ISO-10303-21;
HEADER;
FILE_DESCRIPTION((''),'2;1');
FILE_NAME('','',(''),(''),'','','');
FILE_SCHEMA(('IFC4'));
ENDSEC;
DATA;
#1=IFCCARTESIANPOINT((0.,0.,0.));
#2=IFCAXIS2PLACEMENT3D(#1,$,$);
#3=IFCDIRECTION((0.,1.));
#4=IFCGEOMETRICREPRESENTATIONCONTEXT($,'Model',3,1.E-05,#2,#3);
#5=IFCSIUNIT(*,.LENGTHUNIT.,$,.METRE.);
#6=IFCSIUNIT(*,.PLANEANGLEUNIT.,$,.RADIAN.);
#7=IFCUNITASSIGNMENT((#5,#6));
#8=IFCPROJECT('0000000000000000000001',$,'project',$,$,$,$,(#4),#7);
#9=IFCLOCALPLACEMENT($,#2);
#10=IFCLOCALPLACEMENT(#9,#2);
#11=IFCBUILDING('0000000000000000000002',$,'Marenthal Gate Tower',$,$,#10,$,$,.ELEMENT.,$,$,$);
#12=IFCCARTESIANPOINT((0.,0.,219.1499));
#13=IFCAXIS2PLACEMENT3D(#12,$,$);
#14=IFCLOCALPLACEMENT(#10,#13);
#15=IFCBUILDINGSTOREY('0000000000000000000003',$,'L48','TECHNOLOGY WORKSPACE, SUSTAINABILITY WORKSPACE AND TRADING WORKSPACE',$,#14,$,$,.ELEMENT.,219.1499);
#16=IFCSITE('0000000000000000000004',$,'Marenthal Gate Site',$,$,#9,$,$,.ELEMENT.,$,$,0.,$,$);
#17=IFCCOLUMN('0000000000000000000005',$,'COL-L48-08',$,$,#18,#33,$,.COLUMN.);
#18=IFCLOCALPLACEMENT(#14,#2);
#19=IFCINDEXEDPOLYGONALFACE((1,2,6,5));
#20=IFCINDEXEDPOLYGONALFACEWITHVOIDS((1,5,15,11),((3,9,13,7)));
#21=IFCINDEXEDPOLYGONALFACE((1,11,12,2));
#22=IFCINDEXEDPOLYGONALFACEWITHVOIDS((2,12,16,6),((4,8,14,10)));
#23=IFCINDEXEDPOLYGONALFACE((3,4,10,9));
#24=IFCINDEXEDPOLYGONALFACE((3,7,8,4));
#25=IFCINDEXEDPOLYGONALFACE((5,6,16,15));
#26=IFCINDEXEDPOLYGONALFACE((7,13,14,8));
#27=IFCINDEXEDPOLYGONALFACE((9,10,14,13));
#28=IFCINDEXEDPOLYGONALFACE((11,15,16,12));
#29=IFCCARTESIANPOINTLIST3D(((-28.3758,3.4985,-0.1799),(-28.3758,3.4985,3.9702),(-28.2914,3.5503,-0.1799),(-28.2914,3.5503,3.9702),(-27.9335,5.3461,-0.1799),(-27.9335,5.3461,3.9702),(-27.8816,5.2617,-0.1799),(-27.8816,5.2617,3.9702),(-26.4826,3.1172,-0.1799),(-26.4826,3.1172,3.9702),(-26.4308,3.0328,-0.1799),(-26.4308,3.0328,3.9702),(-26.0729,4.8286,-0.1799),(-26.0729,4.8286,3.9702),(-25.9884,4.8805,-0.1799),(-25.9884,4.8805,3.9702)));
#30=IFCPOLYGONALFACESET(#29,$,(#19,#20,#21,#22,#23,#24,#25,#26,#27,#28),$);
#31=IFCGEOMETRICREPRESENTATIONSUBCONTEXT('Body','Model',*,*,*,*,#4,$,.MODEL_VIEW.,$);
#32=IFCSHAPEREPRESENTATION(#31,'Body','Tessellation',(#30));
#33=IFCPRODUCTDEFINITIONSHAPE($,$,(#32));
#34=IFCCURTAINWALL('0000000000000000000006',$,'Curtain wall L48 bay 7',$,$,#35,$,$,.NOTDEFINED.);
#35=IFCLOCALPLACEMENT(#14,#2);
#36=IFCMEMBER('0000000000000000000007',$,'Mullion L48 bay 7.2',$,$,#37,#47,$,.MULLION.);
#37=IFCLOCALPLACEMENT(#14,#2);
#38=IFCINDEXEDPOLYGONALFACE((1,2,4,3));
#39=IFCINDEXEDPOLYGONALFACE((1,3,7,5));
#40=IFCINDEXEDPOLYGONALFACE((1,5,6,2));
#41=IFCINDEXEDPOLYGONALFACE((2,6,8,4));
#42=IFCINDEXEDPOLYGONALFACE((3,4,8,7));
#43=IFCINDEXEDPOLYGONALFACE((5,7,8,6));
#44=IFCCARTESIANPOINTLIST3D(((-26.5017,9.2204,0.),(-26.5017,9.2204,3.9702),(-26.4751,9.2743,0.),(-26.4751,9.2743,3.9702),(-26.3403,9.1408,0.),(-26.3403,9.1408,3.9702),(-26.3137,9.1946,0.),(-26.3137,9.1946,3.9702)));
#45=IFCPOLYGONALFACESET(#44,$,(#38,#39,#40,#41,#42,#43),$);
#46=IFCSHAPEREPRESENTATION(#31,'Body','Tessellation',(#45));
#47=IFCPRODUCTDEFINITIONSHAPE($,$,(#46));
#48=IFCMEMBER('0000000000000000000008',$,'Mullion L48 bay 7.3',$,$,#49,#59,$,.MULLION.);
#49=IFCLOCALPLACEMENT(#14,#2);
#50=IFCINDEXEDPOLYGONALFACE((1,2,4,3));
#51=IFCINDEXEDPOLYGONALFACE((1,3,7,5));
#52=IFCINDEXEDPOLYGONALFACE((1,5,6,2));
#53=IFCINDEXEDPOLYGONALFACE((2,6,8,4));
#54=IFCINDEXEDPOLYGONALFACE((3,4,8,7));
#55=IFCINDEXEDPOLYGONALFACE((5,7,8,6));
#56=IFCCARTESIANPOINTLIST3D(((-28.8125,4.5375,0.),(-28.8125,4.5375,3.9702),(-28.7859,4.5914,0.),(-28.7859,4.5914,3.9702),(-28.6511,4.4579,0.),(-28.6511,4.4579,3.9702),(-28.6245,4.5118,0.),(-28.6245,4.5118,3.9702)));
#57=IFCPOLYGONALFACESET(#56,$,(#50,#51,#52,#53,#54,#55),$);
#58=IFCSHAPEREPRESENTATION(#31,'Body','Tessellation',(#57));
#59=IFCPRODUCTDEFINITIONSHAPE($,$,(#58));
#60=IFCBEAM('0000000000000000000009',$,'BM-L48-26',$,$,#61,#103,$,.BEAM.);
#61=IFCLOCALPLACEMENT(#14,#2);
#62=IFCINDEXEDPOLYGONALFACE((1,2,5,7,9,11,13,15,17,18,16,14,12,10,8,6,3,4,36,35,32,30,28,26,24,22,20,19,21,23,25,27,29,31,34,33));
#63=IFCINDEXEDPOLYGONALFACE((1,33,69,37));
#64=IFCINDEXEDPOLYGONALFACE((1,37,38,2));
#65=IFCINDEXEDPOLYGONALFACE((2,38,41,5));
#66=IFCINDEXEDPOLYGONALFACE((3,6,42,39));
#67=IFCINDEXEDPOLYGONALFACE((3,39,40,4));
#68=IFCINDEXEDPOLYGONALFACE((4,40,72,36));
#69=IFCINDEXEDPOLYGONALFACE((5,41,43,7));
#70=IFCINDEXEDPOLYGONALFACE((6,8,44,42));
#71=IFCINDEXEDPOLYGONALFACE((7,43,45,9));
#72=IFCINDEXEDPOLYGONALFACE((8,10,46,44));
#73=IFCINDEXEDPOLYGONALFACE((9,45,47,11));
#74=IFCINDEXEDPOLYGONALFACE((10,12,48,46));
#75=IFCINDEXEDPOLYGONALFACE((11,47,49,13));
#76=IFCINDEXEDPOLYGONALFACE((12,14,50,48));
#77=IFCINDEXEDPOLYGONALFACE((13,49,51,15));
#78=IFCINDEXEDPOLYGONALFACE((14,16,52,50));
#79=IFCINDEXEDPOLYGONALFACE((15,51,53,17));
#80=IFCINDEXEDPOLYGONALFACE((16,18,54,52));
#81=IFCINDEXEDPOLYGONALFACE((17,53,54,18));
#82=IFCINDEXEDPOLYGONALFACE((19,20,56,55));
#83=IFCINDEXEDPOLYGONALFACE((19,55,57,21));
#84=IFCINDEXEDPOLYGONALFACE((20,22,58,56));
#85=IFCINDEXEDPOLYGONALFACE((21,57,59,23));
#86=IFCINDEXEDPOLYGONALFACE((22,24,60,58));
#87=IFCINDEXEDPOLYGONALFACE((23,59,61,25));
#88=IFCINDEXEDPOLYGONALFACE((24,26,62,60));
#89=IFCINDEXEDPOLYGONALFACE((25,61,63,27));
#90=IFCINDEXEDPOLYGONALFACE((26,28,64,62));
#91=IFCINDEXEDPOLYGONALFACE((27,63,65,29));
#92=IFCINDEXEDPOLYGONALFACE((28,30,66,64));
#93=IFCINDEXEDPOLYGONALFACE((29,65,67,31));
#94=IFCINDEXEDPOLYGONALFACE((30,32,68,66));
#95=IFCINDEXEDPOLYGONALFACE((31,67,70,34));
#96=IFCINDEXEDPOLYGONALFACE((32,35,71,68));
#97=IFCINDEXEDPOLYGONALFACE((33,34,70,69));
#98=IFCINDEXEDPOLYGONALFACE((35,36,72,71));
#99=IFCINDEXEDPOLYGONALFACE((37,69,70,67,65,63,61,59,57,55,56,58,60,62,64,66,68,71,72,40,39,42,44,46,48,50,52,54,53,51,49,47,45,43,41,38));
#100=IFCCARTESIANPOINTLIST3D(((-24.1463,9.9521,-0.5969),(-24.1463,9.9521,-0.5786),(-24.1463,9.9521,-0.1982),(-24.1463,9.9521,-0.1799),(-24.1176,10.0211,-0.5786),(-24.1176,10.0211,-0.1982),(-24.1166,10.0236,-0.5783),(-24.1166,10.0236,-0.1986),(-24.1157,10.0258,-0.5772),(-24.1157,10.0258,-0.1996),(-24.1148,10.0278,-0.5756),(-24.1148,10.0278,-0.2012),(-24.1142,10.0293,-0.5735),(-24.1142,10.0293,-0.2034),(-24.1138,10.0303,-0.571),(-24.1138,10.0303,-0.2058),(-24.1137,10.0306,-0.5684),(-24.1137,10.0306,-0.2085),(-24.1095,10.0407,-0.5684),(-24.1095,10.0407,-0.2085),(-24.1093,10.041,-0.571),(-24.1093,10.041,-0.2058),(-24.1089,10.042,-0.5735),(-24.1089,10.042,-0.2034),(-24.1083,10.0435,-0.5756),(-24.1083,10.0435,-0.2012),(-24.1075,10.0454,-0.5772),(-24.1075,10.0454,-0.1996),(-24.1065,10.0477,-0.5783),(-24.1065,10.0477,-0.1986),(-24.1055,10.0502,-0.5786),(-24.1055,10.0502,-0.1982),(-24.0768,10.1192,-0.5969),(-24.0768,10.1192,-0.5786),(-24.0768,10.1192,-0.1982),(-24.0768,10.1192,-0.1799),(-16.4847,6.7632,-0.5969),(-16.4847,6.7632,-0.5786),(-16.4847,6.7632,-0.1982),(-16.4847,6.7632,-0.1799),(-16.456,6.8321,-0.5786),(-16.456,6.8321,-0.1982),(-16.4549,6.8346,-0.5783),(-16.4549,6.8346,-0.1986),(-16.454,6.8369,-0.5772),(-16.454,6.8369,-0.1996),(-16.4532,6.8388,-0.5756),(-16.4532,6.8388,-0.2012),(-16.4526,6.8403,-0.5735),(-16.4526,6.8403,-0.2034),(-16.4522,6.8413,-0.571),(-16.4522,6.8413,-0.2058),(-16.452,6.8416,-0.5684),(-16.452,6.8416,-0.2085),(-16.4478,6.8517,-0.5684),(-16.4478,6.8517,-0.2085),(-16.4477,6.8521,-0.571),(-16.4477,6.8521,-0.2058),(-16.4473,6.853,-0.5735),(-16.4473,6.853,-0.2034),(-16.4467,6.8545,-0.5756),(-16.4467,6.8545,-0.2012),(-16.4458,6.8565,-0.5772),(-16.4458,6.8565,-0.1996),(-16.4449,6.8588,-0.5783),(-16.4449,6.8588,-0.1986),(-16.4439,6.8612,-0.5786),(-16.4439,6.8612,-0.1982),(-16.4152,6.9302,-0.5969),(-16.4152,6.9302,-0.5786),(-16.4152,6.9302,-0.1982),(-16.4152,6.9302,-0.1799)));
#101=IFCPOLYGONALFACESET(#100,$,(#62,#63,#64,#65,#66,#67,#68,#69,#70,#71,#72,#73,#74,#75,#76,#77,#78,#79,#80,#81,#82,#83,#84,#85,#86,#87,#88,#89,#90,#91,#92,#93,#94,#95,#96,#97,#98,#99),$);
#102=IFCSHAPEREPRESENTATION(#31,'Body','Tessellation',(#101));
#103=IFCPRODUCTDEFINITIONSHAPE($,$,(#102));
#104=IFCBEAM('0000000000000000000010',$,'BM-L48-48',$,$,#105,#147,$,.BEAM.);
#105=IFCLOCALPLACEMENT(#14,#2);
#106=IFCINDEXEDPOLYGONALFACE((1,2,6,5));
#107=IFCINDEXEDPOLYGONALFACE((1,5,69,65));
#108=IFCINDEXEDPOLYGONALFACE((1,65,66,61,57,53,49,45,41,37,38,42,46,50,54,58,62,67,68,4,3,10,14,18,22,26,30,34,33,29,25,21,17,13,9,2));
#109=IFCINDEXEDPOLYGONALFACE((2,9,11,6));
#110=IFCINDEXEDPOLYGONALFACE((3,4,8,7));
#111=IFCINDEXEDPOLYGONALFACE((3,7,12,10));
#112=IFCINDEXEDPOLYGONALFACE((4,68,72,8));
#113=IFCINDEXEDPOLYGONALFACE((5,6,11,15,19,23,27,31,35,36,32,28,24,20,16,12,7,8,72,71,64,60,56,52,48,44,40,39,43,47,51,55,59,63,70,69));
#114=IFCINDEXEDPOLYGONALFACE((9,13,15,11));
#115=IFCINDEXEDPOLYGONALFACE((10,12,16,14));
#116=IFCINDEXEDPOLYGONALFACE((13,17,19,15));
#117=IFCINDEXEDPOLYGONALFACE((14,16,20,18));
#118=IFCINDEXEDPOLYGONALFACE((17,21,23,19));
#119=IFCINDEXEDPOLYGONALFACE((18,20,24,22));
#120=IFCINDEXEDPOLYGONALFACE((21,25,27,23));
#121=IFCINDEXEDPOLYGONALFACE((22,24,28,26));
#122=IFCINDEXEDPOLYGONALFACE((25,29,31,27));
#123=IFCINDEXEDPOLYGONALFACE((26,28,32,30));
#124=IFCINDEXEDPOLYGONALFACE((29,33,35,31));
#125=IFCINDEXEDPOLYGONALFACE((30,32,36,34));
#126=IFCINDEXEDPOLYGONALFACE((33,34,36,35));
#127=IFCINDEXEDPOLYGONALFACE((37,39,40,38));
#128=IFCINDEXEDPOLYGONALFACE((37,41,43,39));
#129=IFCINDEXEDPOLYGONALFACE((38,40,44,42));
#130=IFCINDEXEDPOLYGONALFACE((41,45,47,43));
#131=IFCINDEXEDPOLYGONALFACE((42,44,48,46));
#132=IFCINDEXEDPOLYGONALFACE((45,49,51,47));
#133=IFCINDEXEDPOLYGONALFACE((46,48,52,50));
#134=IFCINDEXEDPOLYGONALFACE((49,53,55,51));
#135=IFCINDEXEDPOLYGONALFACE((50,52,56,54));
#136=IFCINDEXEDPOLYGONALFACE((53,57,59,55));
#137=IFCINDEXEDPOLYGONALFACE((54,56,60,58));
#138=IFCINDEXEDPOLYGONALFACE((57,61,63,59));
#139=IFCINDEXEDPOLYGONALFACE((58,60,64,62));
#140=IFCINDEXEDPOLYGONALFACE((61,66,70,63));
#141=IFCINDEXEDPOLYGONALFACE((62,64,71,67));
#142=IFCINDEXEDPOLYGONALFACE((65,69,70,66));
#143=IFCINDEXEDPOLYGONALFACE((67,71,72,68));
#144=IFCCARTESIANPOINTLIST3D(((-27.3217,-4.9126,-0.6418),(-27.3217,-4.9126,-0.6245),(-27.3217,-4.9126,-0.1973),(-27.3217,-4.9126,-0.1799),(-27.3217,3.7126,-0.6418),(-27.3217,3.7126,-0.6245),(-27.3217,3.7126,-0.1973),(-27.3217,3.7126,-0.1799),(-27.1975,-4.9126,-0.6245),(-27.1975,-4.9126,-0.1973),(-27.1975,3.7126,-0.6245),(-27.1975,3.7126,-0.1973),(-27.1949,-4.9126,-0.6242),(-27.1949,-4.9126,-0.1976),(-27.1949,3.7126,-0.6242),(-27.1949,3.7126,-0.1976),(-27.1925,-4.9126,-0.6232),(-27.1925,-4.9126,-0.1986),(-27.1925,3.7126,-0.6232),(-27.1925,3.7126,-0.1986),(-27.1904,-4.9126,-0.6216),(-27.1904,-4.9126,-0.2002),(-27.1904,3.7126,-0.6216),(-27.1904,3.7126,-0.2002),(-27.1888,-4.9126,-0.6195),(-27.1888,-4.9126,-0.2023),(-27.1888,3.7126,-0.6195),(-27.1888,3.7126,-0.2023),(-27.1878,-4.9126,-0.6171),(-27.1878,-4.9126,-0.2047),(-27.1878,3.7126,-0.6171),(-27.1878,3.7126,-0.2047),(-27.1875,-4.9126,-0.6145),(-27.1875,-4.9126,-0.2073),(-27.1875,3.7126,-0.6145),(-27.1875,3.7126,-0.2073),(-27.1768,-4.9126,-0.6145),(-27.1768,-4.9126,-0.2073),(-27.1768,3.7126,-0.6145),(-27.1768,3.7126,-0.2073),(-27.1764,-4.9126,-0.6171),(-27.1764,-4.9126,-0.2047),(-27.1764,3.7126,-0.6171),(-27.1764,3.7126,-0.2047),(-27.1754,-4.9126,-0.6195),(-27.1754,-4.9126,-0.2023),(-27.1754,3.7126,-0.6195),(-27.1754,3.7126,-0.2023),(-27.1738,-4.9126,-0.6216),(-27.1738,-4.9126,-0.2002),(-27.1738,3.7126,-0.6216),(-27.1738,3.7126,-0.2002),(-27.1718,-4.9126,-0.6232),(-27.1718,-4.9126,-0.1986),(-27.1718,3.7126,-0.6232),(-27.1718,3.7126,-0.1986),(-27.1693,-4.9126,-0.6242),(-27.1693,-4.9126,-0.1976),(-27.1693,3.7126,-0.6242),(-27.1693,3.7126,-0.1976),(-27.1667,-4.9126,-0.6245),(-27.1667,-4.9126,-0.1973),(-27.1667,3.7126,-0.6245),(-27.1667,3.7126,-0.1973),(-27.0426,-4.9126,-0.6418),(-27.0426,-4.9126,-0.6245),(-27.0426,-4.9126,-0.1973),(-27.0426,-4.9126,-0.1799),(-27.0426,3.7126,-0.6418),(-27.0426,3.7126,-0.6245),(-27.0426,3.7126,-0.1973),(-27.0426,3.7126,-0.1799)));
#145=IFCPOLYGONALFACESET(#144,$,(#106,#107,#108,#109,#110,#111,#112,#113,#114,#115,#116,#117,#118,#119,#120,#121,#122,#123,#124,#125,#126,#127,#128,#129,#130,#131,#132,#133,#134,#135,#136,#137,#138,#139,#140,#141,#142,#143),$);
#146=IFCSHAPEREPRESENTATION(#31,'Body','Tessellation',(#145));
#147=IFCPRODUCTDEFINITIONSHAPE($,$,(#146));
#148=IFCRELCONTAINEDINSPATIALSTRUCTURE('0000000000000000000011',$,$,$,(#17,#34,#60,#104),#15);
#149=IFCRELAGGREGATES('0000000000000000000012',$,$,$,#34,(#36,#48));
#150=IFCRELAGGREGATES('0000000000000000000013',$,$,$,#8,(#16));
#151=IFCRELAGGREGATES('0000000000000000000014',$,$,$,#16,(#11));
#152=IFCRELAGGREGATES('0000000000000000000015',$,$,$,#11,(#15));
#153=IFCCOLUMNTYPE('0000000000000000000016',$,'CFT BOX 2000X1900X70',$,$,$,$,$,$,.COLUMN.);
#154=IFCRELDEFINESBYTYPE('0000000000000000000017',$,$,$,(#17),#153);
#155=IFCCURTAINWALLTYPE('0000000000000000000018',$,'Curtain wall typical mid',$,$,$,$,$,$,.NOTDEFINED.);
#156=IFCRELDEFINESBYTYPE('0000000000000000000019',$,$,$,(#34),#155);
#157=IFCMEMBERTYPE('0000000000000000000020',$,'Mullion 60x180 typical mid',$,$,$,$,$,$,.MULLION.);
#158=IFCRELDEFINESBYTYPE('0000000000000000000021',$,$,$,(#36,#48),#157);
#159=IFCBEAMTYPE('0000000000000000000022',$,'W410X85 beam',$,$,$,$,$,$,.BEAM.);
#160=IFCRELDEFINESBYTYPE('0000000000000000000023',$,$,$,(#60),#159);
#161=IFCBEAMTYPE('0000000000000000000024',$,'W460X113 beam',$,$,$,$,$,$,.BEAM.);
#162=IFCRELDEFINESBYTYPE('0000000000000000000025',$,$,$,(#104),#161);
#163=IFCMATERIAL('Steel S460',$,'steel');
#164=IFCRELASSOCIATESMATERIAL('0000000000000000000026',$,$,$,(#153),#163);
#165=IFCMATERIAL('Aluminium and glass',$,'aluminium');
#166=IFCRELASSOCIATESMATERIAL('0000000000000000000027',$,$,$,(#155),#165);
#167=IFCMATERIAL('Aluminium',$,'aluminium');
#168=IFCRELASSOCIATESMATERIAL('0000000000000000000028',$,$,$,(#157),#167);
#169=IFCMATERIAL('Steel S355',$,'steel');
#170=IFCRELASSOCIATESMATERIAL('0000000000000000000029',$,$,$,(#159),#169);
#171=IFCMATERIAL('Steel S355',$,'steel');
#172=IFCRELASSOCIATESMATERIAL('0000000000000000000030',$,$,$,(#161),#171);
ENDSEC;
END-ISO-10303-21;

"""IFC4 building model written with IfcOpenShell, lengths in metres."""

from ifc_helpers import new_model, si_unit, direction, frame, origin, origin_2d, place, context, subcontext, project, spatial, rectangle, hollow_rectangle, i_section, extrude, material, material_profile, profile_set, type_object, element, aggregate, save


model = new_model("IFC4")

# Units and contexts
model_context = context("Model", 3, precision=1e-05, world=origin(), true_north=direction((0.0, 1.0)))
body_context = subcontext(model_context, "Body", "Model", "MODEL_VIEW")
ifc_project = project(units=[si_unit("LENGTHUNIT", "METRE"), si_unit("PLANEANGLEUNIT", "RADIAN")], contexts=[model_context])

# Site, building, storey
site_placement = place(None, origin())
site = spatial("IfcSite", under=ifc_project, at=site_placement, Name="Marenthal Gate Site", CompositionType="ELEMENT", RefElevation=0.0)
building_placement = place(site_placement, origin())
building = spatial("IfcBuilding", under=site, at=building_placement, Name="Marenthal Gate Tower", CompositionType="ELEMENT")
storey_placement = place(building_placement, frame((0.0, 0.0, 219.1499)))
storey = spatial("IfcBuildingStorey", under=building, at=storey_placement, Name="L48", Description="TECHNOLOGY WORKSPACE, SUSTAINABILITY WORKSPACE AND TRADING WORKSPACE", CompositionType="ELEMENT", Elevation=219.1499)

# Column
ifc_material_1 = material(Name="Steel S460", Category="steel")
ifc_material_profile_1 = material_profile(ifc_material_1, hollow_rectangle(XDim=1.8999, YDim=2.0, WallThickness=0.0701, at=origin_2d()), Name="CFT BOX 2000X1900X70")
ifc_material_2 = material(Name="Concrete 70 MPa", Category="concrete")
ifc_material_profile_2 = material_profile(ifc_material_2, rectangle(XDim=1.76, YDim=1.8601, at=origin_2d()), Name="CFT BOX 2000X1900X70 INFILL")
ifc_profile_set_1 = profile_set([ifc_material_profile_1, ifc_material_profile_2], Name="Steel S460 shell, Concrete 70 MPa infill")
column_type = type_object("IfcColumnType", Name="CFT BOX 2000X1900X70", PredefinedType="COLUMN", material=ifc_profile_set_1)
column_placement = place(storey_placement, frame((-27.1821, 4.1895, -0.1799), z_axis=(0.0, 0.0, 1.0), x_axis=(0.232843, 0.972514, 0.0)))
element("IfcColumn", 1, at=column_placement, inside=storey, type_object=column_type, Name="COL-L48-08", PredefinedType="COLUMN", context=body_context, shape_type="SweptSolid", body=[
    extrude(hollow_rectangle(XDim=1.8999, YDim=2.0, WallThickness=0.0701, at=origin_2d()), origin(), (0.0, 0.0, 1.0), 4.1501),
])

# Curtain wall, members
ifc_material_3 = material(Name="Aluminium and glass", Category="aluminium")
curtain_wall_type = type_object("IfcCurtainWallType", Name="Curtain wall typical mid", PredefinedType="NOTDEFINED", material=ifc_material_3)
curtain_wall_placement = place(storey_placement, origin())
curtain_wall = element("IfcCurtainWall", 2, at=curtain_wall_placement, inside=storey, type_object=curtain_wall_type, Name="Curtain wall L48 bay 7", PredefinedType="NOTDEFINED")
ifc_material_4 = material(Name="Aluminium", Category="aluminium")
ifc_material_profile_3 = material_profile(ifc_material_4, rectangle(XDim=0.1799, YDim=0.0601, at=origin_2d()), Name="60x180 aluminium mullion")
ifc_profile_set_2 = profile_set([ifc_material_profile_3], Name="Aluminium")
member_type = type_object("IfcMemberType", Name="Mullion 60x180 typical mid", PredefinedType="MULLION", material=ifc_profile_set_2)
member_1_placement = place(storey_placement, frame((-26.4077, 9.2075, 0.0), z_axis=(0.0, 0.0, 1.0), x_axis=(0.896757, -0.442523, 0.0)))
member_1 = element("IfcMember", 3, at=member_1_placement, type_object=member_type, Name="Mullion L48 bay 7.2", PredefinedType="MULLION", context=body_context, shape_type="SweptSolid", body=[
    extrude(rectangle(XDim=0.1799, YDim=0.0601, at=origin_2d()), origin(), (0.0, 0.0, 1.0), 3.9702),
])
member_2_placement = place(storey_placement, frame((-28.7185, 4.5247, 0.0), z_axis=(0.0, 0.0, 1.0), x_axis=(0.896757, -0.442523, 0.0)))
member_2 = element("IfcMember", 4, at=member_2_placement, type_object=member_type, Name="Mullion L48 bay 7.3", PredefinedType="MULLION", context=body_context, shape_type="SweptSolid", body=[
    extrude(rectangle(XDim=0.1799, YDim=0.0601, at=origin_2d()), origin(), (0.0, 0.0, 1.0), 3.9702),
])

# Beams
ifc_material_5 = material(Name="Steel S355", Category="steel")
ifc_material_profile_4 = material_profile(ifc_material_5, i_section(OverallWidth=0.1809, OverallDepth=0.417, WebThickness=0.011, FlangeThickness=0.0183, FilletRadius=0.0103, at=origin_2d()), Name="W410X85")
ifc_profile_set_3 = profile_set([ifc_material_profile_4], Name="Steel S355")
beam_type_1 = type_object("IfcBeamType", Name="W410X85 beam", PredefinedType="BEAM", material=ifc_profile_set_3)
beam_1_placement = place(storey_placement, frame((-24.1116, 10.0356, -0.3884), z_axis=(0.923221, -0.384269, 0.0), x_axis=(0.384269, 0.923221, 0.0)))
element("IfcBeam", 5, at=beam_1_placement, inside=storey, type_object=beam_type_1, Name="BM-L48-26", PredefinedType="BEAM", context=body_context, shape_type="SweptSolid", body=[
    extrude(i_section(OverallWidth=0.1809, OverallDepth=0.417, WebThickness=0.011, FlangeThickness=0.0183, FilletRadius=0.0103, at=origin_2d()), origin(), (0.0, 0.0, 1.0), 8.2988),
])
ifc_material_6 = material(Name="Steel S355", Category="steel")
ifc_material_profile_5 = material_profile(ifc_material_6, i_section(OverallWidth=0.2791, OverallDepth=0.4619, WebThickness=0.0107, FlangeThickness=0.0173, FilletRadius=0.01, at=origin_2d()), Name="W460X113")
ifc_profile_set_4 = profile_set([ifc_material_profile_5], Name="Steel S355")
beam_type_2 = type_object("IfcBeamType", Name="W460X113 beam", PredefinedType="BEAM", material=ifc_profile_set_4)
beam_2_placement = place(storey_placement, frame((-27.1821, 3.7126, -0.4109), z_axis=(0.0, -1.0, 0.0), x_axis=(1.0, 0.0, 0.0)))
element("IfcBeam", 6, at=beam_2_placement, inside=storey, type_object=beam_type_2, Name="BM-L48-48", PredefinedType="BEAM", context=body_context, shape_type="SweptSolid", body=[
    extrude(i_section(OverallWidth=0.2791, OverallDepth=0.4619, WebThickness=0.0107, FlangeThickness=0.0173, FilletRadius=0.01, at=origin_2d()), origin(), (0.0, 0.0, 1.0), 8.6252),
])

aggregate(curtain_wall, [member_1, member_2])

save(model, "model.ifc")
